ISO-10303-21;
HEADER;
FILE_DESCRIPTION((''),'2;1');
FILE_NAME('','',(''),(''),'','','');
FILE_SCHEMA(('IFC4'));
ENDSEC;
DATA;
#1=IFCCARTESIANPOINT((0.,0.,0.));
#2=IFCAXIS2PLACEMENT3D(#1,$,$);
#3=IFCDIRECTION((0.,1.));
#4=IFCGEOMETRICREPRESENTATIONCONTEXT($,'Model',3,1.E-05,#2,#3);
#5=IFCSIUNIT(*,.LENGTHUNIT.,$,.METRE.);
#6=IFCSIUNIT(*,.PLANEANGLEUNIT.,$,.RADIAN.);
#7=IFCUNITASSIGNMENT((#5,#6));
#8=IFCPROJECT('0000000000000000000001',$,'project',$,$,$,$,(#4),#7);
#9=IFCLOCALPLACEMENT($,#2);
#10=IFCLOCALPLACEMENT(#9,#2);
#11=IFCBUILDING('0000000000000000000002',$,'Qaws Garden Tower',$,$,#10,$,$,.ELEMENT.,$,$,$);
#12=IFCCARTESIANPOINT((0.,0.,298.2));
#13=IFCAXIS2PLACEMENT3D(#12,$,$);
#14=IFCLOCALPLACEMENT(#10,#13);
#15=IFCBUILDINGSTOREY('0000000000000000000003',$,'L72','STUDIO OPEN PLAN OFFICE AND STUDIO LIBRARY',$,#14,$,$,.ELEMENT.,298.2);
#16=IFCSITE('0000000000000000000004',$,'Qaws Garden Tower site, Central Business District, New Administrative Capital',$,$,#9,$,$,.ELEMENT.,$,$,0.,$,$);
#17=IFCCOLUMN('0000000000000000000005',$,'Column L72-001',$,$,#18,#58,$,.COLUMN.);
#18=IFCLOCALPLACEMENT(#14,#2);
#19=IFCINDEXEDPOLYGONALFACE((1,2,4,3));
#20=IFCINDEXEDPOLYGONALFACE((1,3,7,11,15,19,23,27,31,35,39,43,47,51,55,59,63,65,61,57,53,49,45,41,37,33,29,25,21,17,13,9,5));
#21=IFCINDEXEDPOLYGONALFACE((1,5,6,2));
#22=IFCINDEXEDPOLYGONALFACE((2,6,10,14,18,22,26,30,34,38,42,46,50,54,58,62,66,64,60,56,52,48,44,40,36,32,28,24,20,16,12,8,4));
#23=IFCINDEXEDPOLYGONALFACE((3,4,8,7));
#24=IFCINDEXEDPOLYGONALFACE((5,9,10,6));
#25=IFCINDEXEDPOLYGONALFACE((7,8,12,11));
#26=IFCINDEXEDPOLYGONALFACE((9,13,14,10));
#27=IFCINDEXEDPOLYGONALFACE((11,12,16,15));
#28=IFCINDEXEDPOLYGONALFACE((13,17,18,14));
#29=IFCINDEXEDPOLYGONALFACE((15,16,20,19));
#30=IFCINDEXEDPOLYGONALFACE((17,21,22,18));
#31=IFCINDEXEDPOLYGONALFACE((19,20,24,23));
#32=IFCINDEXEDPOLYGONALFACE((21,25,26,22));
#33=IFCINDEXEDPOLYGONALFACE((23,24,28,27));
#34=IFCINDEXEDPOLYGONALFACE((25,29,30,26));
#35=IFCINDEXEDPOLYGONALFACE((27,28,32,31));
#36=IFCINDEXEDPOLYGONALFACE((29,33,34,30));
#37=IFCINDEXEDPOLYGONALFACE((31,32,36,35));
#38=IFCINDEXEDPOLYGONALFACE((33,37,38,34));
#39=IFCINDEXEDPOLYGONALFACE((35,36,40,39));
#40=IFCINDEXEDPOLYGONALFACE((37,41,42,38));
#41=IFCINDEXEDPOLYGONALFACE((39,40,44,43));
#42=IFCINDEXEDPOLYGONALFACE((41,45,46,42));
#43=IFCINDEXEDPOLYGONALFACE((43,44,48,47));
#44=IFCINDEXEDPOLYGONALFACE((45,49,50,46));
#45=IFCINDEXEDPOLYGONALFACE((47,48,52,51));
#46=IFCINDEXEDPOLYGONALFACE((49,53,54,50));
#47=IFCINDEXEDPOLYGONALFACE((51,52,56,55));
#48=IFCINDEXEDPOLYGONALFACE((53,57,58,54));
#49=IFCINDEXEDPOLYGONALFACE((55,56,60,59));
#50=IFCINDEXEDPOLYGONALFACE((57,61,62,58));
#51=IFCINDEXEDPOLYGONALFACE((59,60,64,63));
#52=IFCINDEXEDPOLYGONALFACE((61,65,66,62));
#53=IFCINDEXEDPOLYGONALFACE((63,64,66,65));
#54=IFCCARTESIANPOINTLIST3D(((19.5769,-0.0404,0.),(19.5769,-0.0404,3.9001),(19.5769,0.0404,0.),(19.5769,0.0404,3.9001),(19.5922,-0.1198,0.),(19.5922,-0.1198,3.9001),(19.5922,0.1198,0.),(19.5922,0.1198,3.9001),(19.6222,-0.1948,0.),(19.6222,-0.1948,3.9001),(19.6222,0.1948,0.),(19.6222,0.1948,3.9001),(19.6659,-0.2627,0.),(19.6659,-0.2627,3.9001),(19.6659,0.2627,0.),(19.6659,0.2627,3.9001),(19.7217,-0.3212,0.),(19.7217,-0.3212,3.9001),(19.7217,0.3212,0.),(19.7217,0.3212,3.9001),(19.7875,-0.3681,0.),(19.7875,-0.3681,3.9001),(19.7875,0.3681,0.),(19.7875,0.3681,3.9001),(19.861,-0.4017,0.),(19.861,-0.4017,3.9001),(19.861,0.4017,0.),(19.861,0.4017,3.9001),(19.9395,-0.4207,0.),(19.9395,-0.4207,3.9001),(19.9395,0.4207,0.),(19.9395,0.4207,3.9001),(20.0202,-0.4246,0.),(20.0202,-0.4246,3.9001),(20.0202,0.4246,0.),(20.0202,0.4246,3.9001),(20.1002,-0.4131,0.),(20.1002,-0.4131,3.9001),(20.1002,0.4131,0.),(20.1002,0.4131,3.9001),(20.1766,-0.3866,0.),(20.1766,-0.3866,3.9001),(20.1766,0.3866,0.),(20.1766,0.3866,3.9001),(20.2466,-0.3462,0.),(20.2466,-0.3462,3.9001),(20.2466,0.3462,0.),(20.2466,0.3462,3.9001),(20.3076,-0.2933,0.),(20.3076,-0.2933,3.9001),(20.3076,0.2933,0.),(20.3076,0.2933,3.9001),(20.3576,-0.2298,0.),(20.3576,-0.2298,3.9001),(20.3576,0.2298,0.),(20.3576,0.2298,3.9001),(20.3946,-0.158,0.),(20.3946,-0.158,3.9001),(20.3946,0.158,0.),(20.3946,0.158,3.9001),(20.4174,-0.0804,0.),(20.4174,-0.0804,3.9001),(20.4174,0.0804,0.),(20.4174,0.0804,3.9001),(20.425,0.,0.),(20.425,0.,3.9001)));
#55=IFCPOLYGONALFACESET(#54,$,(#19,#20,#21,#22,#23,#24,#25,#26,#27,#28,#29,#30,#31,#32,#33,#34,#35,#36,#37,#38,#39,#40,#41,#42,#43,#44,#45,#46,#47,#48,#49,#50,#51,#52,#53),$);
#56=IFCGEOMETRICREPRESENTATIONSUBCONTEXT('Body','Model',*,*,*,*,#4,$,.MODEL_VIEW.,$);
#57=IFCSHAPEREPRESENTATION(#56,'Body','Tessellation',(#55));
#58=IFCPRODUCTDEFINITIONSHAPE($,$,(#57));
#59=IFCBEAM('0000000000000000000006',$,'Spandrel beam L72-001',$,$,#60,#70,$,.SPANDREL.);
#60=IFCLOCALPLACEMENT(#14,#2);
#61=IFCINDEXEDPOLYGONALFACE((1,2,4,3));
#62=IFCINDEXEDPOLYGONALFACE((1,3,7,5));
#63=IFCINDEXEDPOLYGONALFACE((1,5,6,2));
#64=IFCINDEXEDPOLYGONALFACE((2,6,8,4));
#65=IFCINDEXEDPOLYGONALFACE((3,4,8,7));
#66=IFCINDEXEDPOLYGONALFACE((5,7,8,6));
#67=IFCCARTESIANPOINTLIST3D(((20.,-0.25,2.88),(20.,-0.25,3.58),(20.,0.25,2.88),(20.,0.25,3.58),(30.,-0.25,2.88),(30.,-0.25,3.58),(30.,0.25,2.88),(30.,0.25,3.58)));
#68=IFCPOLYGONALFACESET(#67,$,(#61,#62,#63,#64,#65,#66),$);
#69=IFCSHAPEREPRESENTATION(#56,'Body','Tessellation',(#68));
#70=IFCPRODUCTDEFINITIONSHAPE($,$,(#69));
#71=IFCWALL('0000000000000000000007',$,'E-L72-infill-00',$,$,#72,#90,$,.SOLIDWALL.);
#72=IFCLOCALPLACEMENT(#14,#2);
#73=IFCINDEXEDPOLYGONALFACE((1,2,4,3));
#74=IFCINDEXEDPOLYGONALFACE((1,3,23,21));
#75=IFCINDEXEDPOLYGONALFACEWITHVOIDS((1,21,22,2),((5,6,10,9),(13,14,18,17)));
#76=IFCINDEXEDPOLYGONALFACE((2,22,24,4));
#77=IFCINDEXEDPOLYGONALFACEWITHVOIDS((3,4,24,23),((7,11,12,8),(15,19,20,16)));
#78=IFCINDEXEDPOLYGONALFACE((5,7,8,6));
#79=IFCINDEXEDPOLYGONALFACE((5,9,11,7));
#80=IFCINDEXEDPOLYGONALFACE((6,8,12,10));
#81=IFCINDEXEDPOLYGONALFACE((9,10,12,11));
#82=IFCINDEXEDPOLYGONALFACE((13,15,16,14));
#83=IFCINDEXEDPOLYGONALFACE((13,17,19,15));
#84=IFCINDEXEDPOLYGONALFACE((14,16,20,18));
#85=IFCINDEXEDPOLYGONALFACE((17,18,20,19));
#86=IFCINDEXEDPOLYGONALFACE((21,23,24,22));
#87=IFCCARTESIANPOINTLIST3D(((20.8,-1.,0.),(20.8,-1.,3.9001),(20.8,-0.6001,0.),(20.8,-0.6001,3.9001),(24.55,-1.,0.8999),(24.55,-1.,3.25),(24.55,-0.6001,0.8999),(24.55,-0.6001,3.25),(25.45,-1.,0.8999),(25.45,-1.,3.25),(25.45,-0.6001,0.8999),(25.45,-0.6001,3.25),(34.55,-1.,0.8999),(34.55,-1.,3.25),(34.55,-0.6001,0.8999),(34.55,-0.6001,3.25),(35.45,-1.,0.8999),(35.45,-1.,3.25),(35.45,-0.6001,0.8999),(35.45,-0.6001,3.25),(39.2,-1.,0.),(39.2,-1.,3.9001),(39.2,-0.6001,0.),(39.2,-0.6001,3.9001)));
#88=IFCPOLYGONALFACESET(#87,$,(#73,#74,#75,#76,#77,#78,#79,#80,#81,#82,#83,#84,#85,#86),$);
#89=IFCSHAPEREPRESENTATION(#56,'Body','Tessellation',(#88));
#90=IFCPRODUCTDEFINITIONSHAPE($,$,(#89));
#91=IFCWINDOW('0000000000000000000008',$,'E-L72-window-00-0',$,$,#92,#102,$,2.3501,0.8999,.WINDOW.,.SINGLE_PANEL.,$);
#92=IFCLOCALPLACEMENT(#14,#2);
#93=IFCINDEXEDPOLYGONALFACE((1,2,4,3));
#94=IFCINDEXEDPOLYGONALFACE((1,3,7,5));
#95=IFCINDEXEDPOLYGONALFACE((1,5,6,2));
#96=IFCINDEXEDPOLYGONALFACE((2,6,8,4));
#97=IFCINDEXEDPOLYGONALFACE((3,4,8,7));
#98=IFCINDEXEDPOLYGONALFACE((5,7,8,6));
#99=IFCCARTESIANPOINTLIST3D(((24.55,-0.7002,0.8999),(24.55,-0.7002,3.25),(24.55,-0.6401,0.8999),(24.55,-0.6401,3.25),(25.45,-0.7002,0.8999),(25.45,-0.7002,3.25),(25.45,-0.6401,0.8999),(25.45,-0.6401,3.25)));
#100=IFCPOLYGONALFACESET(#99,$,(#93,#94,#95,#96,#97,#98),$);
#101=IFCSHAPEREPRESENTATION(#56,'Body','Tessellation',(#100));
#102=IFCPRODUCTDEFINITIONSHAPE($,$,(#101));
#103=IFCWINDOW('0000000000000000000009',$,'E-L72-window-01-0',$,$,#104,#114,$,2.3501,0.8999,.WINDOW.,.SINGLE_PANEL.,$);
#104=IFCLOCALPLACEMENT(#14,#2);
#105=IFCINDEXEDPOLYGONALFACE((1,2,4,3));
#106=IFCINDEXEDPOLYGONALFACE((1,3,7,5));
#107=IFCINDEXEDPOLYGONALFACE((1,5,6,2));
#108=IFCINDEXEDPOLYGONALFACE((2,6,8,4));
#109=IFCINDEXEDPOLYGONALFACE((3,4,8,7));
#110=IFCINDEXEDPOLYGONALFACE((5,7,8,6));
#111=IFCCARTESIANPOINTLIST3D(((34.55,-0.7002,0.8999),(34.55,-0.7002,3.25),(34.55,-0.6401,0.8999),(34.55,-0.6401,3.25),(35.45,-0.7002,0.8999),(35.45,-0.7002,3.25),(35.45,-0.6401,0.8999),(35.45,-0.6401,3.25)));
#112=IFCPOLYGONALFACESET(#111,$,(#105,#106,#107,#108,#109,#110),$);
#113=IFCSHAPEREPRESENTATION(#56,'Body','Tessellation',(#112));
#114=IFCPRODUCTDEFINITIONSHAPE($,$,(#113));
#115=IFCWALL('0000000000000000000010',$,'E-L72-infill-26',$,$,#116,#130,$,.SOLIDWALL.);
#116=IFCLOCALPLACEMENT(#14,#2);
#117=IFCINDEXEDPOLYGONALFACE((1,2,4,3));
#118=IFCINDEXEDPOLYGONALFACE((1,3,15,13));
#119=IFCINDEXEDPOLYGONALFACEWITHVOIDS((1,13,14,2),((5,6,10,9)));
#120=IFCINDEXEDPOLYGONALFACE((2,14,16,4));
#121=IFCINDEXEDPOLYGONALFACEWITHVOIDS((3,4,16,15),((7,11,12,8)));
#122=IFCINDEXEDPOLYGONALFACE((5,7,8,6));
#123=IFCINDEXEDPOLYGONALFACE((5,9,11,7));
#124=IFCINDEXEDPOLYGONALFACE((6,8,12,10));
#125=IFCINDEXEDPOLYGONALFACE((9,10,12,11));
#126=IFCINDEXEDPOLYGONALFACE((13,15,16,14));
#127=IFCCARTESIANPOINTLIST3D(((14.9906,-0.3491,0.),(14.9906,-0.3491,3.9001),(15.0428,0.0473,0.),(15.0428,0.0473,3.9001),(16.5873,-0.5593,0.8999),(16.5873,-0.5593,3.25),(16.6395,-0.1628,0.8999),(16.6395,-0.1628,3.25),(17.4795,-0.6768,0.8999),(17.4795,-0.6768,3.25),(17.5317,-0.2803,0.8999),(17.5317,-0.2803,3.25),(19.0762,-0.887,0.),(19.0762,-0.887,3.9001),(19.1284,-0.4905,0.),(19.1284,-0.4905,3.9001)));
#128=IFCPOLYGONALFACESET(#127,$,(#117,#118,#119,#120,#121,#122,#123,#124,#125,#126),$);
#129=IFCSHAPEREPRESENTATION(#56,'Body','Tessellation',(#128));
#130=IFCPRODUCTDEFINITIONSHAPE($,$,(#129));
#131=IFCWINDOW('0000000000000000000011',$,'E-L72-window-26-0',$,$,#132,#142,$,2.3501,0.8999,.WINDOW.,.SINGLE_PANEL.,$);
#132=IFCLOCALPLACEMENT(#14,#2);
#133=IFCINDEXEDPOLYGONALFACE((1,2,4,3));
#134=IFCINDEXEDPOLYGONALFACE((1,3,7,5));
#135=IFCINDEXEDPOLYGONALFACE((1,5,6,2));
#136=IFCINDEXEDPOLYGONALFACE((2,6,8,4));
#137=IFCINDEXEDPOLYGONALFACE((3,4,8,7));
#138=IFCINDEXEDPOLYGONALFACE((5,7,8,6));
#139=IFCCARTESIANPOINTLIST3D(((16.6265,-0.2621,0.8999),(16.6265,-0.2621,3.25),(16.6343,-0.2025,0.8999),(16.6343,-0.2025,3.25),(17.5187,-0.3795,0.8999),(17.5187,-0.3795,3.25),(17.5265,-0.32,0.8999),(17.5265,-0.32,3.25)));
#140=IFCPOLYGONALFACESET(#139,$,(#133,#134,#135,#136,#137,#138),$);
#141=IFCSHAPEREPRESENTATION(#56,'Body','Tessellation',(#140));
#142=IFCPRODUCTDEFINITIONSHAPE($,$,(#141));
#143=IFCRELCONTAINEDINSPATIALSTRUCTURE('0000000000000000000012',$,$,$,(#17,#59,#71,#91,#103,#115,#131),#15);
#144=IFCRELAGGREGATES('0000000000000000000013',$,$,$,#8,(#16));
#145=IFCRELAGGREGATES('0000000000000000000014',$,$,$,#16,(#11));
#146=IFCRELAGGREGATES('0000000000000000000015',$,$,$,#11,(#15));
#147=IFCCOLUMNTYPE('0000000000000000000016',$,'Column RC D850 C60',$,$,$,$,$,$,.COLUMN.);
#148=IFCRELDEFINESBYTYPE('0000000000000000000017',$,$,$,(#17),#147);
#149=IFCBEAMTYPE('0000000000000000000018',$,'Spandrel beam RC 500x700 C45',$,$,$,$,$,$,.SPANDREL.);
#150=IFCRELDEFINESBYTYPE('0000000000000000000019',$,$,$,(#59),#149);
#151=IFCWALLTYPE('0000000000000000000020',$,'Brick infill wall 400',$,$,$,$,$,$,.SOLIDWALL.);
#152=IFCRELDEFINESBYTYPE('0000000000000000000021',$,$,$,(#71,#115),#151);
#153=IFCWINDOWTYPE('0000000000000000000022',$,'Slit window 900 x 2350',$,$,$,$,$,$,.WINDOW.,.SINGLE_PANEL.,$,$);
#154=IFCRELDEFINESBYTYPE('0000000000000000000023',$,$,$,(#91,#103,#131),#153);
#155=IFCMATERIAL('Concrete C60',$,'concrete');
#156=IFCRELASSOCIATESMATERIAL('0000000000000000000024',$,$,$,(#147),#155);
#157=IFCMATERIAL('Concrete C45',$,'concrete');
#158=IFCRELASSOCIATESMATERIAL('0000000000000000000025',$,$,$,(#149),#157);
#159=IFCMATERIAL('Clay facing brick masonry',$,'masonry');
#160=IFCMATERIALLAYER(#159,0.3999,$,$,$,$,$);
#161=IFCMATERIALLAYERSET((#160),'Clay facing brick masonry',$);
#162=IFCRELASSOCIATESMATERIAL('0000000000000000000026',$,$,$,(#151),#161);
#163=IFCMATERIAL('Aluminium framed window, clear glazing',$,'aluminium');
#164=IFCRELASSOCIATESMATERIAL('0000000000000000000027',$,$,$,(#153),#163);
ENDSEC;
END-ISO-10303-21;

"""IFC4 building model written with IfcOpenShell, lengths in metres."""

from ifc_helpers import new_model, si_unit, direction, frame, frame_2d, origin, origin_2d, place, context, subcontext, project, spatial, rectangle, circle, extrude, material, layer, layer_set, material_profile, profile_set, type_object, element, fill, save


model = new_model("IFC4")

# Units and contexts
model_context = context("Model", 3, precision=1e-05, world=origin(), true_north=direction((0.0, 1.0)))
body_context = subcontext(model_context, "Body", "Model", "MODEL_VIEW")
ifc_project = project(units=[si_unit("LENGTHUNIT", "METRE"), si_unit("PLANEANGLEUNIT", "RADIAN")], contexts=[model_context])

# Site, building, storey
site_placement = place(None, origin())
site = spatial("IfcSite", under=ifc_project, at=site_placement, Name="Qaws Garden Tower site, Central Business District, New Administrative Capital", CompositionType="ELEMENT", RefElevation=0.0)
building_placement = place(site_placement, origin())
building = spatial("IfcBuilding", under=site, at=building_placement, Name="Qaws Garden Tower", CompositionType="ELEMENT")
storey_placement = place(building_placement, frame((0.0, 0.0, 298.2)))
storey = spatial("IfcBuildingStorey", under=building, at=storey_placement, Name="L72", Description="STUDIO OPEN PLAN OFFICE AND STUDIO LIBRARY", CompositionType="ELEMENT", Elevation=298.2)

# Column
ifc_material_1 = material(Name="Concrete C60", Category="concrete")
ifc_material_profile_1 = material_profile(ifc_material_1, circle(Radius=0.425, at=origin_2d()), Name="RC D850")
ifc_profile_set_1 = profile_set([ifc_material_profile_1], Name="Concrete C60")
column_type = type_object("IfcColumnType", Name="Column RC D850 C60", PredefinedType="COLUMN", material=ifc_profile_set_1)
column_placement = place(storey_placement, frame((20.0, 0.0, 0.0), z_axis=(0.0, 0.0, 1.0), x_axis=(1.0, 0.0, 0.0)))
element("IfcColumn", 1, at=column_placement, inside=storey, type_object=column_type, Name="Column L72-001", PredefinedType="COLUMN", context=body_context, shape_type="SweptSolid", body=[
    extrude(circle(Radius=0.425, at=origin_2d()), origin(), (0.0, 0.0, 1.0), 3.9001),
])

# Beam
ifc_material_2 = material(Name="Concrete C45", Category="concrete")
ifc_material_profile_2 = material_profile(ifc_material_2, rectangle(XDim=0.5, YDim=0.7, at=origin_2d()), Name="RC 500x700")
ifc_profile_set_2 = profile_set([ifc_material_profile_2], Name="Concrete C45")
beam_type = type_object("IfcBeamType", Name="Spandrel beam RC 500x700 C45", PredefinedType="SPANDREL", material=ifc_profile_set_2)
beam_placement = place(storey_placement, frame((20.0, 0.0, 3.23), z_axis=(1.0, 0.0, 0.0), x_axis=(0.0, 1.0, 0.0)))
element("IfcBeam", 2, at=beam_placement, inside=storey, type_object=beam_type, Name="Spandrel beam L72-001", PredefinedType="SPANDREL", context=body_context, shape_type="SweptSolid", body=[
    extrude(rectangle(XDim=0.5, YDim=0.7, at=origin_2d()), origin(), (0.0, 0.0, 1.0), 10.0),
])

# Wall, openings, windows
ifc_material_3 = material(Name="Clay facing brick masonry", Category="masonry")
ifc_layer_1 = layer(ifc_material_3, 0.3999)
ifc_layer_set_1 = layer_set([ifc_layer_1], Name="Clay facing brick masonry")
wall_type_1 = type_object("IfcWallType", Name="Brick infill wall 400", PredefinedType="SOLIDWALL", material=ifc_layer_set_1)
wall_1_placement = place(storey_placement, frame((20.8, -0.8, 0.0), z_axis=(0.0, 0.0, 1.0), x_axis=(1.0, 0.0, 0.0)))
wall_1 = element("IfcWall", 3, at=wall_1_placement, inside=storey, type_object=wall_type_1, Name="E-L72-infill-00", PredefinedType="SOLIDWALL", context=body_context, shape_type="SweptSolid", body=[
    extrude(rectangle(XDim=18.3999, YDim=0.3999, at=frame_2d((9.2, 0.0))), origin(), (0.0, 0.0, 1.0), 3.9001),
])
opening_1_placement = place(wall_1_placement, frame((3.75, 0.0, 0.8999)))
opening_1 = element("IfcOpeningElement", 4, at=opening_1_placement, cuts=wall_1, PredefinedType="OPENING", context=body_context, shape_type="SweptSolid", body=[
    extrude(rectangle(XDim=0.8999, YDim=2.3501, at=frame_2d((0.45, 1.175))), frame((0.0, 0.21, 0.0), z_axis=(0.0, -1.0, 0.0), x_axis=(1.0, 0.0, 0.0)), (0.0, 0.0, 1.0), 0.4199),
])
opening_2_placement = place(wall_1_placement, frame((13.75, 0.0, 0.8999)))
opening_2 = element("IfcOpeningElement", 5, at=opening_2_placement, cuts=wall_1, PredefinedType="OPENING", context=body_context, shape_type="SweptSolid", body=[
    extrude(rectangle(XDim=0.8999, YDim=2.3501, at=frame_2d((0.45, 1.175))), frame((0.0, 0.21, 0.0), z_axis=(0.0, -1.0, 0.0), x_axis=(1.0, 0.0, 0.0)), (0.0, 0.0, 1.0), 0.4199),
])
ifc_material_4 = material(Name="Aluminium framed window, clear glazing", Category="aluminium")
window_type = type_object("IfcWindowType", Name="Slit window 900 x 2350", PartitioningType="SINGLE_PANEL", PredefinedType="WINDOW", material=ifc_material_4)
window_1_placement = place(opening_1_placement, origin())
window_1 = element("IfcWindow", 6, at=window_1_placement, inside=storey, type_object=window_type, Name="E-L72-window-00-0", OverallHeight=2.3501, OverallWidth=0.8999, PartitioningType="SINGLE_PANEL", PredefinedType="WINDOW", context=body_context, shape_type="SweptSolid", body=[
    extrude(rectangle(XDim=0.8999, YDim=2.3501, at=frame_2d((0.45, 1.175))), frame((0.0, 0.1599, 0.0), z_axis=(0.0, -1.0, 0.0), x_axis=(1.0, 0.0, 0.0)), (0.0, 0.0, 1.0), 0.0601),
])
fill(opening_1, window_1)
window_2_placement = place(opening_2_placement, origin())
window_2 = element("IfcWindow", 7, at=window_2_placement, inside=storey, type_object=window_type, Name="E-L72-window-01-0", OverallHeight=2.3501, OverallWidth=0.8999, PartitioningType="SINGLE_PANEL", PredefinedType="WINDOW", context=body_context, shape_type="SweptSolid", body=[
    extrude(rectangle(XDim=0.8999, YDim=2.3501, at=frame_2d((0.45, 1.175))), frame((0.0, 0.1599, 0.0), z_axis=(0.0, -1.0, 0.0), x_axis=(1.0, 0.0, 0.0)), (0.0, 0.0, 1.0), 0.0601),
])
fill(opening_2, window_2)

# Wall, opening, window
wall_2_placement = place(storey_placement, frame((15.0166, -0.1509, 0.0), z_axis=(0.0, 0.0, 1.0), x_axis=(0.991446, -0.130514, 0.0)))
wall_2 = element("IfcWall", 8, at=wall_2_placement, inside=storey, type_object=wall_type_1, Name="E-L72-infill-26", PredefinedType="SOLIDWALL", context=body_context, shape_type="SweptSolid", body=[
    extrude(rectangle(XDim=4.1208, YDim=0.3999, at=frame_2d((2.0605, 0.0))), origin(), (0.0, 0.0, 1.0), 3.9001),
])
opening_3_placement = place(wall_2_placement, frame((1.6106, 0.0, 0.8999)))
opening_3 = element("IfcOpeningElement", 9, at=opening_3_placement, cuts=wall_2, PredefinedType="OPENING", context=body_context, shape_type="SweptSolid", body=[
    extrude(rectangle(XDim=0.8999, YDim=2.3501, at=frame_2d((0.45, 1.175))), frame((0.0, 0.21, 0.0), z_axis=(0.0, -1.0, 0.0), x_axis=(1.0, 0.0, 0.0)), (0.0, 0.0, 1.0), 0.4199),
])
window_3_placement = place(opening_3_placement, origin())
window_3 = element("IfcWindow", 10, at=window_3_placement, inside=storey, type_object=window_type, Name="E-L72-window-26-0", OverallHeight=2.3501, OverallWidth=0.8999, PartitioningType="SINGLE_PANEL", PredefinedType="WINDOW", context=body_context, shape_type="SweptSolid", body=[
    extrude(rectangle(XDim=0.8999, YDim=2.3501, at=frame_2d((0.45, 1.175))), frame((0.0, 0.1599, 0.0), z_axis=(0.0, -1.0, 0.0), x_axis=(1.0, 0.0, 0.0)), (0.0, 0.0, 1.0), 0.0601),
])
fill(opening_3, window_3)

save(model, "model.ifc")
